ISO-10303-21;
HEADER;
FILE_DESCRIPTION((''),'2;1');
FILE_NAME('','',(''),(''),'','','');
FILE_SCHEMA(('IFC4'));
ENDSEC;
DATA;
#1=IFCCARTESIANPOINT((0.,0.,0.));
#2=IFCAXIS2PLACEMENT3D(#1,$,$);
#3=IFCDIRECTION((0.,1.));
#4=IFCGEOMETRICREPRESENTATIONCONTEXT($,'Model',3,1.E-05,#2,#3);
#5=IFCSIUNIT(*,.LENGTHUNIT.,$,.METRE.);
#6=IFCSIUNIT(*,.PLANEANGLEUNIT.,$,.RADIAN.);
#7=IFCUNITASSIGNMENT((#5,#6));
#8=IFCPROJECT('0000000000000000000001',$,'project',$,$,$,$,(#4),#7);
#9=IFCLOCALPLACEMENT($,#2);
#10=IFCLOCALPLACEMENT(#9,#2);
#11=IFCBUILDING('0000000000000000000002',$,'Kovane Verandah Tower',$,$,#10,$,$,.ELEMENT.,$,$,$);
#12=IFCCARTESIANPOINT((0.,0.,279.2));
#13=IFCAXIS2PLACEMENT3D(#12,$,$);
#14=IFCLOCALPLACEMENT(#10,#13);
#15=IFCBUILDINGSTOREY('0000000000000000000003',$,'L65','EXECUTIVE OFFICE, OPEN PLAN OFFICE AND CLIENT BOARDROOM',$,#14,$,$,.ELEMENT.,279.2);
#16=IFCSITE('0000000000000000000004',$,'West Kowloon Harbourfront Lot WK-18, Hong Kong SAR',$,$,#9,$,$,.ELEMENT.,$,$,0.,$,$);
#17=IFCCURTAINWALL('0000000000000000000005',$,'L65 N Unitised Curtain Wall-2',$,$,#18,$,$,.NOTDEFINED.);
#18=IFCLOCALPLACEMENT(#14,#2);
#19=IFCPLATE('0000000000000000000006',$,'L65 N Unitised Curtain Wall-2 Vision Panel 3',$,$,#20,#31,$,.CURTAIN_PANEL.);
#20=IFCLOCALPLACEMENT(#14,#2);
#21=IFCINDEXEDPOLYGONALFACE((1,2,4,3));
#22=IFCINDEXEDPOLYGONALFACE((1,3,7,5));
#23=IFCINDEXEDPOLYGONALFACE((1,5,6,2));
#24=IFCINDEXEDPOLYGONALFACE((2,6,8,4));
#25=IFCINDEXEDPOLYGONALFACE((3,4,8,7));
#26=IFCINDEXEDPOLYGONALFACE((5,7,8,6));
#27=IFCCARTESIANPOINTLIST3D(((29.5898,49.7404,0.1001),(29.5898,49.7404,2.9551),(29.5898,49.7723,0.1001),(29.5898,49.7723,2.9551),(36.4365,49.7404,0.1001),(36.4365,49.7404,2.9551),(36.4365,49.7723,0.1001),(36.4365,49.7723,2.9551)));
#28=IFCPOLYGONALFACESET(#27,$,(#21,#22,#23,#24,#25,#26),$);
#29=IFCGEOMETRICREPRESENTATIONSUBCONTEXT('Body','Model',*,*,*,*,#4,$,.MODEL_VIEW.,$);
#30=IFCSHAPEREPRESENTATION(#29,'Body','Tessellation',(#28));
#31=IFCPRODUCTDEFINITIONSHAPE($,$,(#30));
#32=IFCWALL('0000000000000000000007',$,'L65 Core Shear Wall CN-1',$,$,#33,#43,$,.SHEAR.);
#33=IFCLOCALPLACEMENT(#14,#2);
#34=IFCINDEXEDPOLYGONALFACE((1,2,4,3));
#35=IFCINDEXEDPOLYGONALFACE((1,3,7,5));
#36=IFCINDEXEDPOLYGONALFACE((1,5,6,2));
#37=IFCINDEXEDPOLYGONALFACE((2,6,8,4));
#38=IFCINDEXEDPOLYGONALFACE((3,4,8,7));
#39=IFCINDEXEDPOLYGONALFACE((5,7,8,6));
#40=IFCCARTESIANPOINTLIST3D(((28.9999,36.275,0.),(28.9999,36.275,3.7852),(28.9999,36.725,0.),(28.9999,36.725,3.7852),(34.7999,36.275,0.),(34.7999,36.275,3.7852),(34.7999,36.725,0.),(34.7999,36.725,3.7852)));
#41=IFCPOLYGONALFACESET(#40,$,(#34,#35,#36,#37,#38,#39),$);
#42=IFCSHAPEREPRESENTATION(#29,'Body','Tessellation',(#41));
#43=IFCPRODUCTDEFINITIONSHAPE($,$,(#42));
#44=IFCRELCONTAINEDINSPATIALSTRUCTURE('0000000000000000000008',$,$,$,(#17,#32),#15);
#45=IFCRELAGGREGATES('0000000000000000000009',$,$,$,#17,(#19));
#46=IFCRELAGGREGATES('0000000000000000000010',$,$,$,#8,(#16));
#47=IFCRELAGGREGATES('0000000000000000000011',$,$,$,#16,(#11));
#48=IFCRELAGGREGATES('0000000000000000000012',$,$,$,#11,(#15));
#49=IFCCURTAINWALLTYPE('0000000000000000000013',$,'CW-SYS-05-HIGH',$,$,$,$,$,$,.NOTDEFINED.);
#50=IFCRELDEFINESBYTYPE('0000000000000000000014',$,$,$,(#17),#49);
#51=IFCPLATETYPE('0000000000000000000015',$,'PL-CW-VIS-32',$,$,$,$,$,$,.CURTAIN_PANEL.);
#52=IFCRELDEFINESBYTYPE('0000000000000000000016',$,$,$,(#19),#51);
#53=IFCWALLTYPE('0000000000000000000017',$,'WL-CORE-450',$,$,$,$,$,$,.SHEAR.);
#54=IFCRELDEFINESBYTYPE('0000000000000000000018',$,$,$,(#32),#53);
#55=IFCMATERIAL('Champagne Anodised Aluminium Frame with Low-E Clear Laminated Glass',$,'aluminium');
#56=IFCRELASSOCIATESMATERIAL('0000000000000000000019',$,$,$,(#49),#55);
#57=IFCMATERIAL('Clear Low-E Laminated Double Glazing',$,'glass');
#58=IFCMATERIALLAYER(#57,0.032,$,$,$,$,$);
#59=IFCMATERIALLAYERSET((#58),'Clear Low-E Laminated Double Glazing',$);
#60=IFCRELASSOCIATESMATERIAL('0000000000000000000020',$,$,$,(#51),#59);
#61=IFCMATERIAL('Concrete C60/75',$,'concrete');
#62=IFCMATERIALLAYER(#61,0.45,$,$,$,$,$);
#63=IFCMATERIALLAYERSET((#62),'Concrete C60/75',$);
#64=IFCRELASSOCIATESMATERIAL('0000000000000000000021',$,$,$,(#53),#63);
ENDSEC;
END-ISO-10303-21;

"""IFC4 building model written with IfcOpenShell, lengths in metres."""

from ifc_helpers import new_model, si_unit, direction, frame, frame_2d, origin, origin_2d, place, context, subcontext, project, spatial, rectangle, extrude, material, layer, layer_set, type_object, element, aggregate, save


model = new_model("IFC4")

# Units and contexts
model_context = context("Model", 3, precision=1e-05, world=origin(), true_north=direction((0.0, 1.0)))
body_context = subcontext(model_context, "Body", "Model", "MODEL_VIEW")
ifc_project = project(units=[si_unit("LENGTHUNIT", "METRE"), si_unit("PLANEANGLEUNIT", "RADIAN")], contexts=[model_context])

# Site, building, storey
site_placement = place(None, origin())
site = spatial("IfcSite", under=ifc_project, at=site_placement, Name="West Kowloon Harbourfront Lot WK-18, Hong Kong SAR", CompositionType="ELEMENT", RefElevation=0.0)
building_placement = place(site_placement, origin())
building = spatial("IfcBuilding", under=site, at=building_placement, Name="Kovane Verandah Tower", CompositionType="ELEMENT")
storey_placement = place(building_placement, frame((0.0, 0.0, 279.2)))
storey = spatial("IfcBuildingStorey", under=building, at=storey_placement, Name="L65", Description="EXECUTIVE OFFICE, OPEN PLAN OFFICE AND CLIENT BOARDROOM", CompositionType="ELEMENT", Elevation=279.2)

# Shared definitions
ifc_material_1 = material(Name="Concrete C60/75", Category="concrete")

# Curtain wall
ifc_material_2 = material(Name="Champagne Anodised Aluminium Frame with Low-E Clear Laminated Glass", Category="aluminium")
curtain_wall_type = type_object("IfcCurtainWallType", Name="CW-SYS-05-HIGH", PredefinedType="NOTDEFINED", material=ifc_material_2)
curtain_wall_1_placement = place(storey_placement, origin())
curtain_wall_1 = element("IfcCurtainWall", 1, at=curtain_wall_1_placement, inside=storey, type_object=curtain_wall_type, Name="L65 N Unitised Curtain Wall-2", PredefinedType="NOTDEFINED")

# Plate
ifc_material_3 = material(Name="Clear Low-E Laminated Double Glazing", Category="glass")
ifc_layer_1 = layer(ifc_material_3, 0.032)
ifc_layer_set_1 = layer_set([ifc_layer_1], Name="Clear Low-E Laminated Double Glazing")
plate_type_1 = type_object("IfcPlateType", Name="PL-CW-VIS-32", PredefinedType="CURTAIN_PANEL", material=ifc_layer_set_1)
plate_1_placement = place(storey_placement, frame((33.0132, 49.7563, 0.1001), z_axis=(0.0, 0.0, 1.0), x_axis=(-1.0, 0.0, 0.0)))
plate_1 = element("IfcPlate", 2, at=plate_1_placement, type_object=plate_type_1, Name="L65 N Unitised Curtain Wall-2 Vision Panel 3", PredefinedType="CURTAIN_PANEL", context=body_context, shape_type="SweptSolid", body=[
    extrude(rectangle(XDim=6.8467, YDim=0.032, at=origin_2d()), origin(), (0.0, 0.0, 1.0), 2.855),
])
aggregate(curtain_wall_1, [plate_1])

# Wall
ifc_layer_2 = layer(ifc_material_1, 0.45)
ifc_layer_set_2 = layer_set([ifc_layer_2], Name="Concrete C60/75")
wall_type = type_object("IfcWallType", Name="WL-CORE-450", PredefinedType="SHEAR", material=ifc_layer_set_2)
wall_placement = place(storey_placement, frame((29.0, 36.5, 0.0), z_axis=(0.0, 0.0, 1.0), x_axis=(1.0, 0.0, 0.0)))
element("IfcWall", 3, at=wall_placement, inside=storey, type_object=wall_type, Name="L65 Core Shear Wall CN-1", PredefinedType="SHEAR", context=body_context, shape_type="SweptSolid", body=[
    extrude(rectangle(XDim=5.8, YDim=0.45, at=frame_2d((2.8999, 0.0))), origin(), (0.0, 0.0, 1.0), 3.7852),
])

save(model, "model.ifc")
